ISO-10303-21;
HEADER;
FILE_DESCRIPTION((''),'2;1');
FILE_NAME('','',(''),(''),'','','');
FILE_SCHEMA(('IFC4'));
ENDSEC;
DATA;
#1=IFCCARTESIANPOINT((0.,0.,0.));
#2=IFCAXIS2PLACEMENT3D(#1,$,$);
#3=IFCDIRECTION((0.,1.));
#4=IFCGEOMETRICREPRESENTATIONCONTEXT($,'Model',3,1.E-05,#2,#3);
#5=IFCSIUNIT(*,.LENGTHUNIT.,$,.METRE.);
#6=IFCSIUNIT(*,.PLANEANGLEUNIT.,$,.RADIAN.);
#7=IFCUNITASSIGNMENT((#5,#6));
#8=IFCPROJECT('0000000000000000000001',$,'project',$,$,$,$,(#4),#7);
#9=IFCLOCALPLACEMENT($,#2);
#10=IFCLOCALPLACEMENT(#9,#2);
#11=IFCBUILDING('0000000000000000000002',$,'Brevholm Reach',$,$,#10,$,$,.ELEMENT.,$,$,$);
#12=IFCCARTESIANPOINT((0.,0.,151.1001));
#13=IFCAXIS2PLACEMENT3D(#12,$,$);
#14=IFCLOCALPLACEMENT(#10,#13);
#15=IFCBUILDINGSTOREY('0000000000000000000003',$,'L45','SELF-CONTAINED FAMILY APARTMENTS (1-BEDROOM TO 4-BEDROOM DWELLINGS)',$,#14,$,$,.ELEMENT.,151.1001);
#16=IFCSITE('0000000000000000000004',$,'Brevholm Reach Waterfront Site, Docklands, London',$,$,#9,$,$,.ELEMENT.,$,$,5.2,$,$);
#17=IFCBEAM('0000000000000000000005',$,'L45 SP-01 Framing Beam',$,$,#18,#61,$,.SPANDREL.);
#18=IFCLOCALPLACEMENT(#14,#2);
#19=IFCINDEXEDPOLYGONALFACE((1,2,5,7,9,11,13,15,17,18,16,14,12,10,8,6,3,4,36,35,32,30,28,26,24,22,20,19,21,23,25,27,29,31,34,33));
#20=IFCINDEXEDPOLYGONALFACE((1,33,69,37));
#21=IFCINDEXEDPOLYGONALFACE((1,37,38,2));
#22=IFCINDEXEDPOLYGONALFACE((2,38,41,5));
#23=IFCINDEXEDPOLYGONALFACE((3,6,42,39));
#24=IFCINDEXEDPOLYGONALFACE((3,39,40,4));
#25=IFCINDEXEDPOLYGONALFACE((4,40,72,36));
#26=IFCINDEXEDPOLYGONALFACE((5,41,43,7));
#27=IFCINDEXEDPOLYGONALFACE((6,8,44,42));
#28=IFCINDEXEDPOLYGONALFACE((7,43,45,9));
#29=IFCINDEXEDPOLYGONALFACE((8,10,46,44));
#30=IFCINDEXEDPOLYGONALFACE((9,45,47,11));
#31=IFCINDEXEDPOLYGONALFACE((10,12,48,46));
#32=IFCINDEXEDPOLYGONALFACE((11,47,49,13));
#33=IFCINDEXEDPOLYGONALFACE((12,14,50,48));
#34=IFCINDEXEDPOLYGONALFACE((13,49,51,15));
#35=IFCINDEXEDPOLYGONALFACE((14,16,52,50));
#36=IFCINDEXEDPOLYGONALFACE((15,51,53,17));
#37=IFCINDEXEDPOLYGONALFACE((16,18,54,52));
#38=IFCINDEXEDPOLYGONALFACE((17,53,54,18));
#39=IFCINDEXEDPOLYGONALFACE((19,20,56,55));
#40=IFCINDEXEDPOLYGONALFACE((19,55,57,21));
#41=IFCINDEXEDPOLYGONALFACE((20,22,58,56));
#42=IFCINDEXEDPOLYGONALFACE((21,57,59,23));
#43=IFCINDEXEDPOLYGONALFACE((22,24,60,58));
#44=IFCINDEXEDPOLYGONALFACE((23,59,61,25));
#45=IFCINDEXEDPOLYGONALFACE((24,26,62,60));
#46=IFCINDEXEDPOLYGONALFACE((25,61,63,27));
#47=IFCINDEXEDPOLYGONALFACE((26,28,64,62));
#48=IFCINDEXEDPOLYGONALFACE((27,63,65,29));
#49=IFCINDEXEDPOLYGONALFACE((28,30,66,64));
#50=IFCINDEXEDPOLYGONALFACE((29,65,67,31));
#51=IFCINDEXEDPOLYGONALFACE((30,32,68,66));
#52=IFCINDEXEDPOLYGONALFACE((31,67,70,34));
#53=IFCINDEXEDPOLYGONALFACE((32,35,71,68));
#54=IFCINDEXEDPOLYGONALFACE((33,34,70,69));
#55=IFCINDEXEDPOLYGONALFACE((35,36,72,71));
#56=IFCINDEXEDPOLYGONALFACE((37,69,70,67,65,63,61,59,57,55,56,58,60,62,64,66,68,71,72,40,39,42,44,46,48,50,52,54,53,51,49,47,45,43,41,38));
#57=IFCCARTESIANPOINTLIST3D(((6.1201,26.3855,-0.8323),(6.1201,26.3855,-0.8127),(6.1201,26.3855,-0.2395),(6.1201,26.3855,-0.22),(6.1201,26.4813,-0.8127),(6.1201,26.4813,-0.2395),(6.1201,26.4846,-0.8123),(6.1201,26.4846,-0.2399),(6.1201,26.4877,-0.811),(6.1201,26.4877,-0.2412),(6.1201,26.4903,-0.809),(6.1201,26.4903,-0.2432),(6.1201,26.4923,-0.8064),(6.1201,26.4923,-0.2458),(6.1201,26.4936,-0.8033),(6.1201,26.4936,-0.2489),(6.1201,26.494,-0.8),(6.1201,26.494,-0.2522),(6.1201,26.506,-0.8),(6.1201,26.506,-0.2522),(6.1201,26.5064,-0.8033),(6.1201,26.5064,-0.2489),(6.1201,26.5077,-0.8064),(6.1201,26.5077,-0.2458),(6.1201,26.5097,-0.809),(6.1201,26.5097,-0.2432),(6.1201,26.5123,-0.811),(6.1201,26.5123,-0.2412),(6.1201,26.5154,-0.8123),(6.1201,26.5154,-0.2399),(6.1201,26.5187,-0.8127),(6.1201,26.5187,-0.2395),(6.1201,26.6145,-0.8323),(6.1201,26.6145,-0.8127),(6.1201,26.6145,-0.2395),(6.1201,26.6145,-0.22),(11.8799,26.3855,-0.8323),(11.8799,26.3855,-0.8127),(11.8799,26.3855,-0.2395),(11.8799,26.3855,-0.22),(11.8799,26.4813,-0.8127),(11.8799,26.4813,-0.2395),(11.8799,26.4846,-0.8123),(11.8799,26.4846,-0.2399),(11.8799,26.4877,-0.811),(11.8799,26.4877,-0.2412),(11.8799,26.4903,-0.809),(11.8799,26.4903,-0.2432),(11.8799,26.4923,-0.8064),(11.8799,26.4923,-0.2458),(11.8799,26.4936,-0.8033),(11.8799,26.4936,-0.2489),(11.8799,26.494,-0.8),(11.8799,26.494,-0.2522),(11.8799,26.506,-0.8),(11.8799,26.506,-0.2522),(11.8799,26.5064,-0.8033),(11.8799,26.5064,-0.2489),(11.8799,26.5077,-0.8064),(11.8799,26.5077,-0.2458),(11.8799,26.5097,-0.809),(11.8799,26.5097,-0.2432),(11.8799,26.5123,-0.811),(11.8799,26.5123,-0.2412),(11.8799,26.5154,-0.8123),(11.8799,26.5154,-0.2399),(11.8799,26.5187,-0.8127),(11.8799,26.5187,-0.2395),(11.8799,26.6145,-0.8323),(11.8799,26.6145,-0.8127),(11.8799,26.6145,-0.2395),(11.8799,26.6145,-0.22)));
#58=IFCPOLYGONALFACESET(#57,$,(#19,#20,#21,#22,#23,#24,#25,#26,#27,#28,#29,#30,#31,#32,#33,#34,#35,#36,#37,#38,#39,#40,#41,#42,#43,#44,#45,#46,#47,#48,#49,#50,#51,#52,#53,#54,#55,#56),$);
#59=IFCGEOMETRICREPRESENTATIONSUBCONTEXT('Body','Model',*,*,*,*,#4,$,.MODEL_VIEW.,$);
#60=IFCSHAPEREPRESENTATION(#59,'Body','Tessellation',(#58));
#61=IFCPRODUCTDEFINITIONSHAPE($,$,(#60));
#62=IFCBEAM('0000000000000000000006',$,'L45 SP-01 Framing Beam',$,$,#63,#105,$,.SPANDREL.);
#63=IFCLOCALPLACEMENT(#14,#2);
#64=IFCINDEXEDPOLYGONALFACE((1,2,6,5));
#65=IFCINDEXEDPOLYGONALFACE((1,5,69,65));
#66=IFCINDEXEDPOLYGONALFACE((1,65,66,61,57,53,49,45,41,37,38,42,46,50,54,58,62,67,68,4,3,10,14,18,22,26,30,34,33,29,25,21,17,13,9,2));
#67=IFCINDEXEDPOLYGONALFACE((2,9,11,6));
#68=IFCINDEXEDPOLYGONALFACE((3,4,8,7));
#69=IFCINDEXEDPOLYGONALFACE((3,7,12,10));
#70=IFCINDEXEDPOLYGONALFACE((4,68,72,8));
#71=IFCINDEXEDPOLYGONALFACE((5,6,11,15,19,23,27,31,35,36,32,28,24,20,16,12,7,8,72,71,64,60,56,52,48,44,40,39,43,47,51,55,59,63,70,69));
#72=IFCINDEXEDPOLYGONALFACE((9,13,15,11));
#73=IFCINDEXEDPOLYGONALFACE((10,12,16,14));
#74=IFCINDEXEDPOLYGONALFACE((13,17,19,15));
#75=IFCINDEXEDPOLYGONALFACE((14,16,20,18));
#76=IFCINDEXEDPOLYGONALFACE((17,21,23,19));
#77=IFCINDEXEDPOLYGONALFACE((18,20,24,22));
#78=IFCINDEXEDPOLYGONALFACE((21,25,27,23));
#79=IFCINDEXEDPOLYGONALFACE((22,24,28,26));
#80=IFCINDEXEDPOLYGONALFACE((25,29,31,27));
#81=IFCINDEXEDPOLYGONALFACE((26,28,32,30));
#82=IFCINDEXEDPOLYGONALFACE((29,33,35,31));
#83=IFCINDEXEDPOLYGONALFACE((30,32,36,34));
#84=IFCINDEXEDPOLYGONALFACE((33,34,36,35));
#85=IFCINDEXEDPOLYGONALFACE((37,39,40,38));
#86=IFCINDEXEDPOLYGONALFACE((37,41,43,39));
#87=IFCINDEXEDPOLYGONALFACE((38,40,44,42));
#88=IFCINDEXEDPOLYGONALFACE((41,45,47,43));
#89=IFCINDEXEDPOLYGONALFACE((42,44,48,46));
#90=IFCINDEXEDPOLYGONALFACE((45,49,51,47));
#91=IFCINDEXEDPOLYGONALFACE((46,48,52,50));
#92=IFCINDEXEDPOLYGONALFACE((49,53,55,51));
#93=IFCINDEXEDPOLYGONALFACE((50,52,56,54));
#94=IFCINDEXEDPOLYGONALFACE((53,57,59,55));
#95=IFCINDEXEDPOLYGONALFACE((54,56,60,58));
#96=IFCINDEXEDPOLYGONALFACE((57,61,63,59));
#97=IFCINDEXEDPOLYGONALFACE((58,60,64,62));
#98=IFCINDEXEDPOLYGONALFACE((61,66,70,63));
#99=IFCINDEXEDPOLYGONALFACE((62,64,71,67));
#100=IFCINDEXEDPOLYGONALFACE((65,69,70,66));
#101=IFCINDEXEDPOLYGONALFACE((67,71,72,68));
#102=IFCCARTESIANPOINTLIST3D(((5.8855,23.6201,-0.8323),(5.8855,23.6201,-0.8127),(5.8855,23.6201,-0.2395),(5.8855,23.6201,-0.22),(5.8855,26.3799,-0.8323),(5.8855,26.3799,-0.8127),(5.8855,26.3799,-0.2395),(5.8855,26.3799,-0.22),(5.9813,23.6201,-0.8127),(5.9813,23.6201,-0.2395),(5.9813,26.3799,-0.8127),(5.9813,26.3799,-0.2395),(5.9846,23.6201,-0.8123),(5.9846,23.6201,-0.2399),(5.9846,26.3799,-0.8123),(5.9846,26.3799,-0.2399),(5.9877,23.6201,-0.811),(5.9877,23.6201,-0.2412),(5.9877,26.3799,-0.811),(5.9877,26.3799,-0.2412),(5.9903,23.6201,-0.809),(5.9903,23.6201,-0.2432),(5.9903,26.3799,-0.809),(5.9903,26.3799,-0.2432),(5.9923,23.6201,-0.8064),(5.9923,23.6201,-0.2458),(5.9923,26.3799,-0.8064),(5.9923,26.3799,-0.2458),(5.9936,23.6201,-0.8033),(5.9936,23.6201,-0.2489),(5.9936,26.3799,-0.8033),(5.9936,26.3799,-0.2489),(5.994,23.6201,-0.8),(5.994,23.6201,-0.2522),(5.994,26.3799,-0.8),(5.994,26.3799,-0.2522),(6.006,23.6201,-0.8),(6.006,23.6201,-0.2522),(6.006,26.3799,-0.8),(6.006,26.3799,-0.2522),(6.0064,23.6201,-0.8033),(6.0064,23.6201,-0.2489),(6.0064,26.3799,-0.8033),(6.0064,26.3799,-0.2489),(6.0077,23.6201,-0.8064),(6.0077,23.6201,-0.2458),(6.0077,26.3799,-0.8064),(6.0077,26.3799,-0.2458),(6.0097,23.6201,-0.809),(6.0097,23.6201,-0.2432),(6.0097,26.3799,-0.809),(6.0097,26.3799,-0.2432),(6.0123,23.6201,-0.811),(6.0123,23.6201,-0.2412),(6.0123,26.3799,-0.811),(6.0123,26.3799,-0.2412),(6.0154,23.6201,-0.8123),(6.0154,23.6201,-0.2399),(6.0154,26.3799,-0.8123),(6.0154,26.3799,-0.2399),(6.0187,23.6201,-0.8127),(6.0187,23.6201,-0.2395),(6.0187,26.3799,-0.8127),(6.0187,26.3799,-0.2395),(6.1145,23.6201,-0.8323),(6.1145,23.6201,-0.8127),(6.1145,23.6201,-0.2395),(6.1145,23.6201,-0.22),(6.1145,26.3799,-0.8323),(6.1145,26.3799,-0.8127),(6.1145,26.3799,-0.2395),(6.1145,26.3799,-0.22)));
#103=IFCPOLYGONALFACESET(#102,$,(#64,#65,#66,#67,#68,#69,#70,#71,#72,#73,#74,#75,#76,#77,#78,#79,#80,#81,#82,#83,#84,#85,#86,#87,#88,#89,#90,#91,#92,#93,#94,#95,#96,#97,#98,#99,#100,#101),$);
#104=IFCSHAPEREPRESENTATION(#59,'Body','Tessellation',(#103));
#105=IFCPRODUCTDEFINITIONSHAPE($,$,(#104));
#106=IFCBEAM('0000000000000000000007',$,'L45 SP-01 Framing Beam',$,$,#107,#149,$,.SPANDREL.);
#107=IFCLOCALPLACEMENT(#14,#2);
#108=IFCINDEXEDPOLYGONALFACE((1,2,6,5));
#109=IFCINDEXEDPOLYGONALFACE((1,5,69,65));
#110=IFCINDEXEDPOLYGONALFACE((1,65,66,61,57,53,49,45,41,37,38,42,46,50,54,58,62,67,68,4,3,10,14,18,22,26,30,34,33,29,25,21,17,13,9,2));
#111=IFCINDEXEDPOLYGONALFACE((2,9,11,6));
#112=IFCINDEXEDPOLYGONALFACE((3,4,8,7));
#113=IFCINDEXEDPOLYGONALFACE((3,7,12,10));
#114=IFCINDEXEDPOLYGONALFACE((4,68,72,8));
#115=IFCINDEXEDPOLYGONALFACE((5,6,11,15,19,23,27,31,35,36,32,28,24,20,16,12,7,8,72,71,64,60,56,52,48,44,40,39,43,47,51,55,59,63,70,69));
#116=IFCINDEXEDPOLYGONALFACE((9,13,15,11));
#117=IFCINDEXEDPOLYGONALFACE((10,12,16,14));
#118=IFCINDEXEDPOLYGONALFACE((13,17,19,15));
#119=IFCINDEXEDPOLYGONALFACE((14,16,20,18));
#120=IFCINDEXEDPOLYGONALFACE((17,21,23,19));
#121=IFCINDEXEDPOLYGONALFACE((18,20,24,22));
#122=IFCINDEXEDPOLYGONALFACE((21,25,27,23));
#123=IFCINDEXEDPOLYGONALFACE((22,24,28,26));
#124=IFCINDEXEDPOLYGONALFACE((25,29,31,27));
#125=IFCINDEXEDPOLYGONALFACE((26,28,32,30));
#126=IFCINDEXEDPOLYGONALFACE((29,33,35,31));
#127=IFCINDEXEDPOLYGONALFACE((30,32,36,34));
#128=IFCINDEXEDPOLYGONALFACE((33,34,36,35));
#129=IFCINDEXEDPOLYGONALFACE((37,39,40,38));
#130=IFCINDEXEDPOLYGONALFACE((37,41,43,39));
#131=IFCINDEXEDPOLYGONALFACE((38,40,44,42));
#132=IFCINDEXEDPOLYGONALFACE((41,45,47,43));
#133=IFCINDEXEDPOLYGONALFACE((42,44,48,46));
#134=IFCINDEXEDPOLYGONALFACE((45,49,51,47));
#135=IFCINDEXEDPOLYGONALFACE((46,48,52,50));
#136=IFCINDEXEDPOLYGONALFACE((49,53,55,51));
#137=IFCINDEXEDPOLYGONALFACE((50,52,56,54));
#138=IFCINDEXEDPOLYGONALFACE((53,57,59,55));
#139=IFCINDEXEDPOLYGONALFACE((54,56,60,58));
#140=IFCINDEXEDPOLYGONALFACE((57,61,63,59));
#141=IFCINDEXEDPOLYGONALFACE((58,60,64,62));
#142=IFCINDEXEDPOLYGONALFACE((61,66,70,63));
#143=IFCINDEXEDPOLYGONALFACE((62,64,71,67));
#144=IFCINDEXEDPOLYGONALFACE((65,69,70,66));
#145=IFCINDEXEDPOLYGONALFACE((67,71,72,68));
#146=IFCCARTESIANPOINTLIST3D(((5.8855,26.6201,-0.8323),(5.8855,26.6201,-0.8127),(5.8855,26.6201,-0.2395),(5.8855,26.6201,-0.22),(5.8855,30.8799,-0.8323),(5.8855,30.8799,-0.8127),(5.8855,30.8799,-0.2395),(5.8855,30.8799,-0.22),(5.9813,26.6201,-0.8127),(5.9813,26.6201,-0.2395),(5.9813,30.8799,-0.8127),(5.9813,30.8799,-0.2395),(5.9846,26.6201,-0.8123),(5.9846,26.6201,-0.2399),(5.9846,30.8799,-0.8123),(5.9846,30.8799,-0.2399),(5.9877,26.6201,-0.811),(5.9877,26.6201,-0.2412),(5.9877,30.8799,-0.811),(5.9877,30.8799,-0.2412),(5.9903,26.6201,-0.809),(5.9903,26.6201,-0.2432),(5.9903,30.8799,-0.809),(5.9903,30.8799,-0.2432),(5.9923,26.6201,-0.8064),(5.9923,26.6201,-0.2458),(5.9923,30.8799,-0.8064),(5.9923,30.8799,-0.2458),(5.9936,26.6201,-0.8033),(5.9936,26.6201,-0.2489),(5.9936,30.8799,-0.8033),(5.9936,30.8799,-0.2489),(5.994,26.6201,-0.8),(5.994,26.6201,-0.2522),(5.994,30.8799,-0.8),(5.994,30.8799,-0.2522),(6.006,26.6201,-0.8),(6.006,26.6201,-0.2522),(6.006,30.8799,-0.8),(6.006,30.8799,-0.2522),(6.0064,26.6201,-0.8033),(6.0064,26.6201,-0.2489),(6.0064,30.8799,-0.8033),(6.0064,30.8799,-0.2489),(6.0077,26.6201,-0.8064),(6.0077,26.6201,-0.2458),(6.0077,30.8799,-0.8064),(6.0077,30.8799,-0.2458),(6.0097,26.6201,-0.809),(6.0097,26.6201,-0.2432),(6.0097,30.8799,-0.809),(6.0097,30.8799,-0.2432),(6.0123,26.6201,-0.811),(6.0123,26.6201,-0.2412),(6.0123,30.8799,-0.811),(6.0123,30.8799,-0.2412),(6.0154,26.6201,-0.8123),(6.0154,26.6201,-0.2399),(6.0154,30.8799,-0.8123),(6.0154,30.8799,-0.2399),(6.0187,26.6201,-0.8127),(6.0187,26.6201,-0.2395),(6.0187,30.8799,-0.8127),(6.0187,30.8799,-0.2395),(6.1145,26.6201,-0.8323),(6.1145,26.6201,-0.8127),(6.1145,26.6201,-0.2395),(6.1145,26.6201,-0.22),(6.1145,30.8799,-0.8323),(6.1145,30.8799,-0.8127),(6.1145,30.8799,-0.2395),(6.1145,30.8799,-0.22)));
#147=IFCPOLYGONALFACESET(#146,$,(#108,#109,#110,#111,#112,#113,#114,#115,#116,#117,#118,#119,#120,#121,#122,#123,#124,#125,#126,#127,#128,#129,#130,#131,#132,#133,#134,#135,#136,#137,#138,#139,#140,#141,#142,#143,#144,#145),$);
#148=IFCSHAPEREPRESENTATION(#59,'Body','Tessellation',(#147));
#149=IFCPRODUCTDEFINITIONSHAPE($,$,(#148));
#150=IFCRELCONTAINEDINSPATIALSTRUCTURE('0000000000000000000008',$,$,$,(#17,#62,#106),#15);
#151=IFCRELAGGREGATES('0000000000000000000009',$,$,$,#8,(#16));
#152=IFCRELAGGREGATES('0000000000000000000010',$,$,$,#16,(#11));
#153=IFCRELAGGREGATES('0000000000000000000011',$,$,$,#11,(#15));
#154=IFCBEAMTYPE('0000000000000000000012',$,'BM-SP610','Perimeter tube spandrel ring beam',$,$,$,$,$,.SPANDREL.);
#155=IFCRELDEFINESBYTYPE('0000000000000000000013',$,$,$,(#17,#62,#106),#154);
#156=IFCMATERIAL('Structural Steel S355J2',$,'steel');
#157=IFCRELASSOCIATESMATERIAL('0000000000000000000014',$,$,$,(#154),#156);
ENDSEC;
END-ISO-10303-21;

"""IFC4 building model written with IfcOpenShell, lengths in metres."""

from ifc_helpers import new_model, si_unit, direction, frame, origin, origin_2d, place, context, subcontext, project, spatial, i_section, extrude, material, material_profile, profile_set, type_object, element, save


model = new_model("IFC4")

# Units and contexts
model_context = context("Model", 3, precision=1e-05, world=origin(), true_north=direction((0.0, 1.0)))
body_context = subcontext(model_context, "Body", "Model", "MODEL_VIEW")
ifc_project = project(units=[si_unit("LENGTHUNIT", "METRE"), si_unit("PLANEANGLEUNIT", "RADIAN")], contexts=[model_context])

# Site, building, storey
site_placement = place(None, origin())
site = spatial("IfcSite", under=ifc_project, at=site_placement, Name="Brevholm Reach Waterfront Site, Docklands, London", CompositionType="ELEMENT", RefElevation=5.2)
building_placement = place(site_placement, origin())
building = spatial("IfcBuilding", under=site, at=building_placement, Name="Brevholm Reach", CompositionType="ELEMENT")
storey_placement = place(building_placement, frame((0.0, 0.0, 151.1001)))
storey = spatial("IfcBuildingStorey", under=building, at=storey_placement, Name="L45", Description="SELF-CONTAINED FAMILY APARTMENTS (1-BEDROOM TO 4-BEDROOM DWELLINGS)", CompositionType="ELEMENT", Elevation=151.1001)

# Beams
ifc_material_1 = material(Name="Structural Steel S355J2", Category="steel")
ifc_material_profile_1 = material_profile(ifc_material_1, i_section(OverallWidth=0.229, OverallDepth=0.6123, WebThickness=0.012, FlangeThickness=0.0195, FilletRadius=0.0127, at=origin_2d()), Name="UKB 610x229x125")
ifc_profile_set_1 = profile_set([ifc_material_profile_1], Name="Structural Steel S355J2")
beam_type_1 = type_object("IfcBeamType", Name="BM-SP610", Description="Perimeter tube spandrel ring beam", PredefinedType="SPANDREL", material=ifc_profile_set_1)
for number, where, z_axis, x_axis, name in (
    (1, (6.1201, 26.5, -0.5261), (1.0, 0.0, 0.0), (0.0, 1.0, 0.0), "L45 SP-01 Framing Beam"),
):
    element("IfcBeam", number, at=place(storey_placement, frame(where, z_axis=z_axis, x_axis=x_axis)), inside=storey, type_object=beam_type_1, Name=name, PredefinedType="SPANDREL", context=body_context, shape_type="SweptSolid", body=[
        extrude(i_section(OverallWidth=0.229, OverallDepth=0.6123, WebThickness=0.012, FlangeThickness=0.0195, FilletRadius=0.0127, at=origin_2d()), origin(), (0.0, 0.0, 1.0), 5.7598),
    ])
beam_1_placement = place(storey_placement, frame((6.0, 23.6201, -0.5261), z_axis=(0.0, 1.0, 0.0), x_axis=(-1.0, 0.0, 0.0)))
element("IfcBeam", 2, at=beam_1_placement, inside=storey, type_object=beam_type_1, Name="L45 SP-01 Framing Beam", PredefinedType="SPANDREL", context=body_context, shape_type="SweptSolid", body=[
    extrude(i_section(OverallWidth=0.229, OverallDepth=0.6123, WebThickness=0.012, FlangeThickness=0.0195, FilletRadius=0.0127, at=origin_2d()), origin(), (0.0, 0.0, 1.0), 2.7598),
])
beam_2_placement = place(storey_placement, frame((6.0, 26.6201, -0.5261), z_axis=(0.0, 1.0, 0.0), x_axis=(-1.0, 0.0, 0.0)))
element("IfcBeam", 3, at=beam_2_placement, inside=storey, type_object=beam_type_1, Name="L45 SP-01 Framing Beam", PredefinedType="SPANDREL", context=body_context, shape_type="SweptSolid", body=[
    extrude(i_section(OverallWidth=0.229, OverallDepth=0.6123, WebThickness=0.012, FlangeThickness=0.0195, FilletRadius=0.0127, at=origin_2d()), origin(), (0.0, 0.0, 1.0), 4.2598),
])

save(model, "model.ifc")
